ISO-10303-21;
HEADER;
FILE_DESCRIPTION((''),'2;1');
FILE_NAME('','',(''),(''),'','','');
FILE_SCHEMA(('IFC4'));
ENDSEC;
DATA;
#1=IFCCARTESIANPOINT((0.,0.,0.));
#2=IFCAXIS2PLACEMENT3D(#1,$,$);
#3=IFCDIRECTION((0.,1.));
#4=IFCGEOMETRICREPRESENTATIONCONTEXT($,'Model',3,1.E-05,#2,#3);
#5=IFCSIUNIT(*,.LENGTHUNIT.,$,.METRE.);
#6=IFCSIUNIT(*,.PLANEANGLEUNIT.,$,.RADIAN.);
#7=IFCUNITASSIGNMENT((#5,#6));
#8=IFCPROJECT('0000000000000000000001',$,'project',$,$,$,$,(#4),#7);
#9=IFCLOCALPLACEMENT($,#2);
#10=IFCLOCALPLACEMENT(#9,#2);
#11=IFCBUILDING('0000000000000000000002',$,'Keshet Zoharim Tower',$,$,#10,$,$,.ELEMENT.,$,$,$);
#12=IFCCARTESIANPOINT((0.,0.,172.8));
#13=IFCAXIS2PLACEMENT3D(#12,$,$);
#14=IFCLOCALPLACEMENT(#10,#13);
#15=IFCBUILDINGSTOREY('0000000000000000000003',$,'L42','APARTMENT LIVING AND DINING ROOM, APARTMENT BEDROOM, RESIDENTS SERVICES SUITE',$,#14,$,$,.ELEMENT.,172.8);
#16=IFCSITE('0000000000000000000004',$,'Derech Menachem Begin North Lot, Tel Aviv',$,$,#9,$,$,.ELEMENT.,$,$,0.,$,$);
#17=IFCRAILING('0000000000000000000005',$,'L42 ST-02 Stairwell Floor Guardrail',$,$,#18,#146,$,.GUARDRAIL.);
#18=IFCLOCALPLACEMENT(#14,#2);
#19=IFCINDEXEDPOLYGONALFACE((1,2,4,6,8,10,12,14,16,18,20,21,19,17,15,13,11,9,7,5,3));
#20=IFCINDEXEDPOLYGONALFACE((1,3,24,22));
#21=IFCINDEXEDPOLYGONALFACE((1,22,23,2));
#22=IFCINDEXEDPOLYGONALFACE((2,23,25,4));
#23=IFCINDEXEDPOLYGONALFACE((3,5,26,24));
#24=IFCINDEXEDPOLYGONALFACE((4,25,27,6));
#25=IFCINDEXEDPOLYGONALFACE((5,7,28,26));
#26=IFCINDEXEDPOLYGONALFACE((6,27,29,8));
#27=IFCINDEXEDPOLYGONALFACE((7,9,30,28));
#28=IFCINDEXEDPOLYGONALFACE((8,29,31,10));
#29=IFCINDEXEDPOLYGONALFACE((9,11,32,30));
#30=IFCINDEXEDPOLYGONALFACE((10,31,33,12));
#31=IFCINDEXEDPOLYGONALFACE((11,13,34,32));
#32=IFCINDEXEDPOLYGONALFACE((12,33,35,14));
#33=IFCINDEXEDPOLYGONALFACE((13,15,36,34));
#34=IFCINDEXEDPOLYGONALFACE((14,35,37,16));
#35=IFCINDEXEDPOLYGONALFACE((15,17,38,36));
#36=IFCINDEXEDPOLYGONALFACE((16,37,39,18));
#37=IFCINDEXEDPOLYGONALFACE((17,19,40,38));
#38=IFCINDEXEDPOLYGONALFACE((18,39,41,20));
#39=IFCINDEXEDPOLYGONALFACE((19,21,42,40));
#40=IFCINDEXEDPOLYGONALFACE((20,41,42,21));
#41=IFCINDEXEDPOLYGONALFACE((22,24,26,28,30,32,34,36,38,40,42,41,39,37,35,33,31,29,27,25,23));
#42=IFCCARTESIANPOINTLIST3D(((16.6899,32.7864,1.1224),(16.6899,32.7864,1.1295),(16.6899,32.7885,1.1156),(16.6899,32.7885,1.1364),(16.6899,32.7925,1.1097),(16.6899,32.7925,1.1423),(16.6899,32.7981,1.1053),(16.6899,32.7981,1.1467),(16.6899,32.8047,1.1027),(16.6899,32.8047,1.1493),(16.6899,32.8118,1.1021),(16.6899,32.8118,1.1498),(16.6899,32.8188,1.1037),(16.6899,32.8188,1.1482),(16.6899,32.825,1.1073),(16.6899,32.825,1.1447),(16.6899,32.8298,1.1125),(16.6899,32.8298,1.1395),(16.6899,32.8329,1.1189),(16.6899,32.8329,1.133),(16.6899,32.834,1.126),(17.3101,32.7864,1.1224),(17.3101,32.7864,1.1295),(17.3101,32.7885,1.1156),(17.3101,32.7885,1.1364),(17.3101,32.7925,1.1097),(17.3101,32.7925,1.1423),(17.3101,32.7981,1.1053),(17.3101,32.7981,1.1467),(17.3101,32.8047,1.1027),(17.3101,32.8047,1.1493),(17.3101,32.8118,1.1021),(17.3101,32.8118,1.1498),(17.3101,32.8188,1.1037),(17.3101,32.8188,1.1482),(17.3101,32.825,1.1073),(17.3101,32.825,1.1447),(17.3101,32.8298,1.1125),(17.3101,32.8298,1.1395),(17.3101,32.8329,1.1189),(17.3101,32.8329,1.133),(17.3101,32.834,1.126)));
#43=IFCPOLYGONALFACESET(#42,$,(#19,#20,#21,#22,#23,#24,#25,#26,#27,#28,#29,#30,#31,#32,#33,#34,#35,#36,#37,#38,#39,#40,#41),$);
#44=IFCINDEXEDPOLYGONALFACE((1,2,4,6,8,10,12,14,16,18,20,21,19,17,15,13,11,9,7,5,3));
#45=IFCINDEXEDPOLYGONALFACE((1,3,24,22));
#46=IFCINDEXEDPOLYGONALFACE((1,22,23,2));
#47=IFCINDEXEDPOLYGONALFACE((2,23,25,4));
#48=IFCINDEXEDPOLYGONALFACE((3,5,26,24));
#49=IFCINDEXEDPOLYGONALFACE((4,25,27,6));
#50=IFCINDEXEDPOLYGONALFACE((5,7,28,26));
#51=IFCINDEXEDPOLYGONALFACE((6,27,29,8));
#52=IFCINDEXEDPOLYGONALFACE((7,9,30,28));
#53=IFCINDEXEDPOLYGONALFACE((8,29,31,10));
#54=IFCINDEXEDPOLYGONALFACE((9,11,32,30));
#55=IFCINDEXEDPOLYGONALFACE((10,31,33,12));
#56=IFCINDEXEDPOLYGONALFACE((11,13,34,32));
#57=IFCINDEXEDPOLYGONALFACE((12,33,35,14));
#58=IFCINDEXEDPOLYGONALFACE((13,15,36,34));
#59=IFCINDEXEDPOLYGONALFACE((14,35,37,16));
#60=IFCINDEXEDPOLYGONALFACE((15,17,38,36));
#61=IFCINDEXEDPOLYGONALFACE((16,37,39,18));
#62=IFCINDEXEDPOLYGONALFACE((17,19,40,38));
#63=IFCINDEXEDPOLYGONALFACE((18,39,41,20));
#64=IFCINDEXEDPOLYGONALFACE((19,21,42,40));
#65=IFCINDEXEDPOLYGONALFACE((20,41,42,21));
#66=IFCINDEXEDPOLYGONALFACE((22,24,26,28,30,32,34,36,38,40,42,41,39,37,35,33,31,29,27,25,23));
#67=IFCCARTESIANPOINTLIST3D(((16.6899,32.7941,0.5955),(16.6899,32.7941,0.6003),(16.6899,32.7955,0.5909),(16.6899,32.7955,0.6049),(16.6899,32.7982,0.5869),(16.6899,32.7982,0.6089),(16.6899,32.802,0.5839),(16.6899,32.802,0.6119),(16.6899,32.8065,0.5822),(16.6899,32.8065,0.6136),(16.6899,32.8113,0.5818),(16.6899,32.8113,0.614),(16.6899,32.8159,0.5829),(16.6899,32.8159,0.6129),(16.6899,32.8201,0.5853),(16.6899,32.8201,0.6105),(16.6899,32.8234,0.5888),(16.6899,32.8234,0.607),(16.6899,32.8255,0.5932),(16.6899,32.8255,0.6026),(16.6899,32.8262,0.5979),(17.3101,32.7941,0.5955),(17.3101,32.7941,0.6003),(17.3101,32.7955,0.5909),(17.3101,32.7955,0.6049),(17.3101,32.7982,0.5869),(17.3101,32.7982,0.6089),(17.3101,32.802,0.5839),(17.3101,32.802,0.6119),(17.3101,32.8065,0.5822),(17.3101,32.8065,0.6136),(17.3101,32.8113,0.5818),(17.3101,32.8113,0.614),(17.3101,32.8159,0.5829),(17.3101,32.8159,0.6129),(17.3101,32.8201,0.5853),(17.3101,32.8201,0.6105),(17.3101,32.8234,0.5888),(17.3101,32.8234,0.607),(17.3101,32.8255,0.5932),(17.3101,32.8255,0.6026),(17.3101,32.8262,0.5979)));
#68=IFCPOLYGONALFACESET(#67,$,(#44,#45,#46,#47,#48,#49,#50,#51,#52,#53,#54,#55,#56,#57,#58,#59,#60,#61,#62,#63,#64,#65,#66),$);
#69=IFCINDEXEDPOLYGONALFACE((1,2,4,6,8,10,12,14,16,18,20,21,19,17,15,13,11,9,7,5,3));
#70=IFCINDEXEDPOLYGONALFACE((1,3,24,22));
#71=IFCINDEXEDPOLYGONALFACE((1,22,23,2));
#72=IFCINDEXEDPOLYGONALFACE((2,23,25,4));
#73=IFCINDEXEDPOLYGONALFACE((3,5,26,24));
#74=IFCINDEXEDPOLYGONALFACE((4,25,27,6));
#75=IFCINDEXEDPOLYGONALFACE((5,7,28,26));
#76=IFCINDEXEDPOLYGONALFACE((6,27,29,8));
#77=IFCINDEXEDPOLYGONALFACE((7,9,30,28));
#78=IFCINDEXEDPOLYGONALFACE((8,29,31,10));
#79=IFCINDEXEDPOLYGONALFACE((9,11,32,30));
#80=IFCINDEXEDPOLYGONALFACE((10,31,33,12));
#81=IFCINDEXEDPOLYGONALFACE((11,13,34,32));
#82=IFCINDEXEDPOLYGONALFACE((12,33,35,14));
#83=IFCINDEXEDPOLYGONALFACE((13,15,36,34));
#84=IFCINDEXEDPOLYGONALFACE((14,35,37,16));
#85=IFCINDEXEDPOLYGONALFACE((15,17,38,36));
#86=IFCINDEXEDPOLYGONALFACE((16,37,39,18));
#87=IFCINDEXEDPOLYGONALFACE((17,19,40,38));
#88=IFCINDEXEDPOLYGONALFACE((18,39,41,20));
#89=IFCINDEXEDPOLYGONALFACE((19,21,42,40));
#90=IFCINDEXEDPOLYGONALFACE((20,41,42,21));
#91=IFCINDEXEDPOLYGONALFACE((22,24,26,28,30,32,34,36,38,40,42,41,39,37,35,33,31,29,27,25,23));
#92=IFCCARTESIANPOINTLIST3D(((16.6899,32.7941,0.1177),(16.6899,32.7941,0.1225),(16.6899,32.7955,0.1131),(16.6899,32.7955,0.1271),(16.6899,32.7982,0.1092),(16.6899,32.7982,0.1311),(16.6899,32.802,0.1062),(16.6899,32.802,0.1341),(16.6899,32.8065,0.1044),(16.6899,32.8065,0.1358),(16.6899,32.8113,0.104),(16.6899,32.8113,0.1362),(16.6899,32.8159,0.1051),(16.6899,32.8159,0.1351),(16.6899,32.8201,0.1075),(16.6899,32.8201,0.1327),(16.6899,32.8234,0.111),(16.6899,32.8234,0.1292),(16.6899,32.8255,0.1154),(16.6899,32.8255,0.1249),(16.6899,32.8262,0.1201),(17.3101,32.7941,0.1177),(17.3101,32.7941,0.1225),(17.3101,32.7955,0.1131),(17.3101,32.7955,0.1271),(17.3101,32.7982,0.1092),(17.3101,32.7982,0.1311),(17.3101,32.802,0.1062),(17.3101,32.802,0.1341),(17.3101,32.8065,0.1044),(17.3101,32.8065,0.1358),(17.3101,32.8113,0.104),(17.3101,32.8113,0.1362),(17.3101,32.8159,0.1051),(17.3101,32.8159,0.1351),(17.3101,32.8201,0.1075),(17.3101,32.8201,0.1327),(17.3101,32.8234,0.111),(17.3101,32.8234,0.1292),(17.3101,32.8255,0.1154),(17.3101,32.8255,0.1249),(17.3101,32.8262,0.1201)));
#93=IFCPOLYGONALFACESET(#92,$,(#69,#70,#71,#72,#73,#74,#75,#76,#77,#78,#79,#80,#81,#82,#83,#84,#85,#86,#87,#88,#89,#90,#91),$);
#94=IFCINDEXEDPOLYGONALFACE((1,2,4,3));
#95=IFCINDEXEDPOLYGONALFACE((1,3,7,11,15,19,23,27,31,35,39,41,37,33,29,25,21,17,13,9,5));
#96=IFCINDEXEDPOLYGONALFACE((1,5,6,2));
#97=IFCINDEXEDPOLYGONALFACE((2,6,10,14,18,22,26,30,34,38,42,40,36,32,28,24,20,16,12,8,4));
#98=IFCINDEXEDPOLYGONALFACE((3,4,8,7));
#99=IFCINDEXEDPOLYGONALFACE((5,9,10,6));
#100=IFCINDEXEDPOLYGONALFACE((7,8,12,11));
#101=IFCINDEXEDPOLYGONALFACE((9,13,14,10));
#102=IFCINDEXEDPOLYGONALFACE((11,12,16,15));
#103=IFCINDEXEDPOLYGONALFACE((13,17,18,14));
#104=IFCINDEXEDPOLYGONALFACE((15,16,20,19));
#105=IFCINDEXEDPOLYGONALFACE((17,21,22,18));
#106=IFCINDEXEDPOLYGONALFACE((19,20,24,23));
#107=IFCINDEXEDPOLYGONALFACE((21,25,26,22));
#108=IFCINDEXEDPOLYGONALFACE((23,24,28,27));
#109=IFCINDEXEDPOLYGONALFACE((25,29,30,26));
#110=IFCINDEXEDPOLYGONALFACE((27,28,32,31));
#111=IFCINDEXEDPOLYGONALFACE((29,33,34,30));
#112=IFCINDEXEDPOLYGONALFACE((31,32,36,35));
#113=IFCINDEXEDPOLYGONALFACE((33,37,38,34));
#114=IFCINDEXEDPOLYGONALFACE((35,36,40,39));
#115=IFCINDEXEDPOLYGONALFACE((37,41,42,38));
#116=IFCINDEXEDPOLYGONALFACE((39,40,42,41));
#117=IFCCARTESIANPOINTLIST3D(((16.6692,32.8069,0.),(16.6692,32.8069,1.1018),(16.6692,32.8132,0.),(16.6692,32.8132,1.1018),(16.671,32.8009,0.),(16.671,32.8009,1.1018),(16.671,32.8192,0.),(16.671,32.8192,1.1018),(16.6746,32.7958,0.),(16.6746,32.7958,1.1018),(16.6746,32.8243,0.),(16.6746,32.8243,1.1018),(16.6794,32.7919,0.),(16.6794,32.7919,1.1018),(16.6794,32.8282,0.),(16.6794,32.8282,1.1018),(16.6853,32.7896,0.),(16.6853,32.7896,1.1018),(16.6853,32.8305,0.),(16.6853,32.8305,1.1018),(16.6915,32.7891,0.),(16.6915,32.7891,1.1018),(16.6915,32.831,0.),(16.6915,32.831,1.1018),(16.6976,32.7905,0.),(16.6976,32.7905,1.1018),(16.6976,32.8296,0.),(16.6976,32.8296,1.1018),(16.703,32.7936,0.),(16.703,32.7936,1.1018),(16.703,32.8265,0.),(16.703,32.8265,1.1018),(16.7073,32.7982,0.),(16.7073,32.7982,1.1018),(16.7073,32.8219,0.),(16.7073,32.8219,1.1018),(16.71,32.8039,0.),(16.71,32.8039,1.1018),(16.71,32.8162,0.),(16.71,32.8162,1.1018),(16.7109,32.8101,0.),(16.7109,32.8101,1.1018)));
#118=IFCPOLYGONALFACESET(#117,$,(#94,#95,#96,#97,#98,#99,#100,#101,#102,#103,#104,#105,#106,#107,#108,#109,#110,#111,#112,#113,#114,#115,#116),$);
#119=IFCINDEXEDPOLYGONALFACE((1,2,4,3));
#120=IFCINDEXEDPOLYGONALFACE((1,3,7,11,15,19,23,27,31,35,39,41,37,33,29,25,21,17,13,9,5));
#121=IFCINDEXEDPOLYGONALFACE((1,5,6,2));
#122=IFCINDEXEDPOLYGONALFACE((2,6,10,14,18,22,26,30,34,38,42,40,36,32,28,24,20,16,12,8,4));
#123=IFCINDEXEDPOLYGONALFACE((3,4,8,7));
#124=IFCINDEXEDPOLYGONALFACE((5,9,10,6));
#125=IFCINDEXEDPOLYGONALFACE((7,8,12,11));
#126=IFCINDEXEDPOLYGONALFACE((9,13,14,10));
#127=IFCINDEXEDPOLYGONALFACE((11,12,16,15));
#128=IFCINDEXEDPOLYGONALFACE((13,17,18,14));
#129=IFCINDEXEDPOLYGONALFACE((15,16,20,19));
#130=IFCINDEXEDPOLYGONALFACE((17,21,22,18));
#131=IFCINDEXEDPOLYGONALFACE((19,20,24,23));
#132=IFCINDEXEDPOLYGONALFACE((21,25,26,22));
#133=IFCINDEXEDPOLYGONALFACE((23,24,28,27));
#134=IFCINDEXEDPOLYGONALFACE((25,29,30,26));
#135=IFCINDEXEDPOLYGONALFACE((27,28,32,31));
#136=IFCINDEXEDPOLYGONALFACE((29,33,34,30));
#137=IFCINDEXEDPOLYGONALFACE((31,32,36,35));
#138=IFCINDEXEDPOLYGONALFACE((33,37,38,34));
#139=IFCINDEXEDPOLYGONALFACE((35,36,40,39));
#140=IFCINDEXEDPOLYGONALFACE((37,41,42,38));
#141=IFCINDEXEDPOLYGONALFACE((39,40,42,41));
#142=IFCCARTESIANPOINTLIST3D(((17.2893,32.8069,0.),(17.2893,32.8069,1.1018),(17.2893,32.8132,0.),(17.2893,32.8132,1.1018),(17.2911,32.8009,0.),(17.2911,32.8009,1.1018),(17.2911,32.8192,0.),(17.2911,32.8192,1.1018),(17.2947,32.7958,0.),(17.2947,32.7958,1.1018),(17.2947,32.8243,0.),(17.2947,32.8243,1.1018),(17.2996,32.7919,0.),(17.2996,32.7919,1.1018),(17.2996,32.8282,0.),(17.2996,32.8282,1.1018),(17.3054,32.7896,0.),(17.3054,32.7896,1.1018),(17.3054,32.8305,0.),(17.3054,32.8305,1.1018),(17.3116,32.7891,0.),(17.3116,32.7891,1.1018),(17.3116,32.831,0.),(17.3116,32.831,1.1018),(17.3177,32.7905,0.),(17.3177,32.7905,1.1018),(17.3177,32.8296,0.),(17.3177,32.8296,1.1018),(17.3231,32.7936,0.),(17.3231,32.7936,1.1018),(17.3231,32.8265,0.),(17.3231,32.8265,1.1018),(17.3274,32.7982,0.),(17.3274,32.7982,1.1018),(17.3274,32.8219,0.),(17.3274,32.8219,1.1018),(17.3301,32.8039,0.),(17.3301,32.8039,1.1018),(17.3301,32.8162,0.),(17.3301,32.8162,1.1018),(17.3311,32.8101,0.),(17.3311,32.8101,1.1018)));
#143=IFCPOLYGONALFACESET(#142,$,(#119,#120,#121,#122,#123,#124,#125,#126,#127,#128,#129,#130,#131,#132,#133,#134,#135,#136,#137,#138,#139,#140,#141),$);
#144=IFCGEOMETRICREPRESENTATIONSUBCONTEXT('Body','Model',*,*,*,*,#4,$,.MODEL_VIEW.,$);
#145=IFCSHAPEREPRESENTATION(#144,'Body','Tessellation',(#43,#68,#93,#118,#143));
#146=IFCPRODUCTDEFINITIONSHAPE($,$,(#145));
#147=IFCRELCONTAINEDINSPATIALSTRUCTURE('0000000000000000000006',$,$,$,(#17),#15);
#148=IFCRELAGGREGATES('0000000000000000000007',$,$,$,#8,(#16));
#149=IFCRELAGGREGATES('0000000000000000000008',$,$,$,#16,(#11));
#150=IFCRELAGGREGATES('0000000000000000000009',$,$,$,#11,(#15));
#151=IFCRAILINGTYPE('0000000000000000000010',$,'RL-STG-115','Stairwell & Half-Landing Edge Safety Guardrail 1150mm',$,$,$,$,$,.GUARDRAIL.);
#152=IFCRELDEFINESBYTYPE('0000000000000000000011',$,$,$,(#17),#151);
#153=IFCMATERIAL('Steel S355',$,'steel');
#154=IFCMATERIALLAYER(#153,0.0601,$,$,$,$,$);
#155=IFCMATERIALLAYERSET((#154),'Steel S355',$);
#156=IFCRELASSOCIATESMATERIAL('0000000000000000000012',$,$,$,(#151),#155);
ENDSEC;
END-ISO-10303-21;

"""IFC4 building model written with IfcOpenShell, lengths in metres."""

from ifc_helpers import new_model, si_unit, direction, frame, origin, origin_2d, place, context, subcontext, project, spatial, circle, extrude, material, layer, layer_set, type_object, element, save


model = new_model("IFC4")

# Units and contexts
model_context = context("Model", 3, precision=1e-05, world=origin(), true_north=direction((0.0, 1.0)))
body_context = subcontext(model_context, "Body", "Model", "MODEL_VIEW")
ifc_project = project(units=[si_unit("LENGTHUNIT", "METRE"), si_unit("PLANEANGLEUNIT", "RADIAN")], contexts=[model_context])

# Site, building, storey
site_placement = place(None, origin())
site = spatial("IfcSite", under=ifc_project, at=site_placement, Name="Derech Menachem Begin North Lot, Tel Aviv", CompositionType="ELEMENT", RefElevation=0.0)
building_placement = place(site_placement, origin())
building = spatial("IfcBuilding", under=site, at=building_placement, Name="Keshet Zoharim Tower", CompositionType="ELEMENT")
storey_placement = place(building_placement, frame((0.0, 0.0, 172.8)))
storey = spatial("IfcBuildingStorey", under=building, at=storey_placement, Name="L42", Description="APARTMENT LIVING AND DINING ROOM, APARTMENT BEDROOM, RESIDENTS SERVICES SUITE", CompositionType="ELEMENT", Elevation=172.8)

# Shared definitions
ifc_material_1 = material(Name="Steel S355", Category="steel")

# Railing
ifc_layer_1 = layer(ifc_material_1, 0.0601)
ifc_layer_set_1 = layer_set([ifc_layer_1], Name="Steel S355")
railing_type_1 = type_object("IfcRailingType", Name="RL-STG-115", Description="Stairwell & Half-Landing Edge Safety Guardrail 1150mm", PredefinedType="GUARDRAIL", material=ifc_layer_set_1)
railing_1_placement = place(storey_placement, frame((16.6899, 32.8101, 0.0)))
element("IfcRailing", 1, at=railing_1_placement, inside=storey, type_object=railing_type_1, Name="L42 ST-02 Stairwell Floor Guardrail", PredefinedType="GUARDRAIL", context=body_context, shape_type="SweptSolid", body=[
    extrude(circle(Radius=0.0239, at=origin_2d()), frame((0.0, 0.0, 1.126), z_axis=(1.0, 0.0, 0.0), x_axis=(0.0, 1.0, 0.0)), (0.0, 0.0, 1.0), 0.6201),
    extrude(circle(Radius=0.0161, at=origin_2d()), frame((0.0, 0.0, 0.5979), z_axis=(1.0, 0.0, 0.0), x_axis=(0.0, 1.0, 0.0)), (0.0, 0.0, 1.0), 0.6201),
    extrude(circle(Radius=0.0161, at=origin_2d()), frame((0.0, 0.0, 0.1201), z_axis=(1.0, 0.0, 0.0), x_axis=(0.0, 1.0, 0.0)), (0.0, 0.0, 1.0), 0.6201),
    extrude(circle(Radius=0.021, at=origin_2d()), origin(), (0.0, 0.0, 1.0), 1.1018),
    extrude(circle(Radius=0.021, at=origin_2d()), frame((0.6201, 0.0, 0.0)), (0.0, 0.0, 1.0), 1.1018),
])

save(model, "model.ifc")
